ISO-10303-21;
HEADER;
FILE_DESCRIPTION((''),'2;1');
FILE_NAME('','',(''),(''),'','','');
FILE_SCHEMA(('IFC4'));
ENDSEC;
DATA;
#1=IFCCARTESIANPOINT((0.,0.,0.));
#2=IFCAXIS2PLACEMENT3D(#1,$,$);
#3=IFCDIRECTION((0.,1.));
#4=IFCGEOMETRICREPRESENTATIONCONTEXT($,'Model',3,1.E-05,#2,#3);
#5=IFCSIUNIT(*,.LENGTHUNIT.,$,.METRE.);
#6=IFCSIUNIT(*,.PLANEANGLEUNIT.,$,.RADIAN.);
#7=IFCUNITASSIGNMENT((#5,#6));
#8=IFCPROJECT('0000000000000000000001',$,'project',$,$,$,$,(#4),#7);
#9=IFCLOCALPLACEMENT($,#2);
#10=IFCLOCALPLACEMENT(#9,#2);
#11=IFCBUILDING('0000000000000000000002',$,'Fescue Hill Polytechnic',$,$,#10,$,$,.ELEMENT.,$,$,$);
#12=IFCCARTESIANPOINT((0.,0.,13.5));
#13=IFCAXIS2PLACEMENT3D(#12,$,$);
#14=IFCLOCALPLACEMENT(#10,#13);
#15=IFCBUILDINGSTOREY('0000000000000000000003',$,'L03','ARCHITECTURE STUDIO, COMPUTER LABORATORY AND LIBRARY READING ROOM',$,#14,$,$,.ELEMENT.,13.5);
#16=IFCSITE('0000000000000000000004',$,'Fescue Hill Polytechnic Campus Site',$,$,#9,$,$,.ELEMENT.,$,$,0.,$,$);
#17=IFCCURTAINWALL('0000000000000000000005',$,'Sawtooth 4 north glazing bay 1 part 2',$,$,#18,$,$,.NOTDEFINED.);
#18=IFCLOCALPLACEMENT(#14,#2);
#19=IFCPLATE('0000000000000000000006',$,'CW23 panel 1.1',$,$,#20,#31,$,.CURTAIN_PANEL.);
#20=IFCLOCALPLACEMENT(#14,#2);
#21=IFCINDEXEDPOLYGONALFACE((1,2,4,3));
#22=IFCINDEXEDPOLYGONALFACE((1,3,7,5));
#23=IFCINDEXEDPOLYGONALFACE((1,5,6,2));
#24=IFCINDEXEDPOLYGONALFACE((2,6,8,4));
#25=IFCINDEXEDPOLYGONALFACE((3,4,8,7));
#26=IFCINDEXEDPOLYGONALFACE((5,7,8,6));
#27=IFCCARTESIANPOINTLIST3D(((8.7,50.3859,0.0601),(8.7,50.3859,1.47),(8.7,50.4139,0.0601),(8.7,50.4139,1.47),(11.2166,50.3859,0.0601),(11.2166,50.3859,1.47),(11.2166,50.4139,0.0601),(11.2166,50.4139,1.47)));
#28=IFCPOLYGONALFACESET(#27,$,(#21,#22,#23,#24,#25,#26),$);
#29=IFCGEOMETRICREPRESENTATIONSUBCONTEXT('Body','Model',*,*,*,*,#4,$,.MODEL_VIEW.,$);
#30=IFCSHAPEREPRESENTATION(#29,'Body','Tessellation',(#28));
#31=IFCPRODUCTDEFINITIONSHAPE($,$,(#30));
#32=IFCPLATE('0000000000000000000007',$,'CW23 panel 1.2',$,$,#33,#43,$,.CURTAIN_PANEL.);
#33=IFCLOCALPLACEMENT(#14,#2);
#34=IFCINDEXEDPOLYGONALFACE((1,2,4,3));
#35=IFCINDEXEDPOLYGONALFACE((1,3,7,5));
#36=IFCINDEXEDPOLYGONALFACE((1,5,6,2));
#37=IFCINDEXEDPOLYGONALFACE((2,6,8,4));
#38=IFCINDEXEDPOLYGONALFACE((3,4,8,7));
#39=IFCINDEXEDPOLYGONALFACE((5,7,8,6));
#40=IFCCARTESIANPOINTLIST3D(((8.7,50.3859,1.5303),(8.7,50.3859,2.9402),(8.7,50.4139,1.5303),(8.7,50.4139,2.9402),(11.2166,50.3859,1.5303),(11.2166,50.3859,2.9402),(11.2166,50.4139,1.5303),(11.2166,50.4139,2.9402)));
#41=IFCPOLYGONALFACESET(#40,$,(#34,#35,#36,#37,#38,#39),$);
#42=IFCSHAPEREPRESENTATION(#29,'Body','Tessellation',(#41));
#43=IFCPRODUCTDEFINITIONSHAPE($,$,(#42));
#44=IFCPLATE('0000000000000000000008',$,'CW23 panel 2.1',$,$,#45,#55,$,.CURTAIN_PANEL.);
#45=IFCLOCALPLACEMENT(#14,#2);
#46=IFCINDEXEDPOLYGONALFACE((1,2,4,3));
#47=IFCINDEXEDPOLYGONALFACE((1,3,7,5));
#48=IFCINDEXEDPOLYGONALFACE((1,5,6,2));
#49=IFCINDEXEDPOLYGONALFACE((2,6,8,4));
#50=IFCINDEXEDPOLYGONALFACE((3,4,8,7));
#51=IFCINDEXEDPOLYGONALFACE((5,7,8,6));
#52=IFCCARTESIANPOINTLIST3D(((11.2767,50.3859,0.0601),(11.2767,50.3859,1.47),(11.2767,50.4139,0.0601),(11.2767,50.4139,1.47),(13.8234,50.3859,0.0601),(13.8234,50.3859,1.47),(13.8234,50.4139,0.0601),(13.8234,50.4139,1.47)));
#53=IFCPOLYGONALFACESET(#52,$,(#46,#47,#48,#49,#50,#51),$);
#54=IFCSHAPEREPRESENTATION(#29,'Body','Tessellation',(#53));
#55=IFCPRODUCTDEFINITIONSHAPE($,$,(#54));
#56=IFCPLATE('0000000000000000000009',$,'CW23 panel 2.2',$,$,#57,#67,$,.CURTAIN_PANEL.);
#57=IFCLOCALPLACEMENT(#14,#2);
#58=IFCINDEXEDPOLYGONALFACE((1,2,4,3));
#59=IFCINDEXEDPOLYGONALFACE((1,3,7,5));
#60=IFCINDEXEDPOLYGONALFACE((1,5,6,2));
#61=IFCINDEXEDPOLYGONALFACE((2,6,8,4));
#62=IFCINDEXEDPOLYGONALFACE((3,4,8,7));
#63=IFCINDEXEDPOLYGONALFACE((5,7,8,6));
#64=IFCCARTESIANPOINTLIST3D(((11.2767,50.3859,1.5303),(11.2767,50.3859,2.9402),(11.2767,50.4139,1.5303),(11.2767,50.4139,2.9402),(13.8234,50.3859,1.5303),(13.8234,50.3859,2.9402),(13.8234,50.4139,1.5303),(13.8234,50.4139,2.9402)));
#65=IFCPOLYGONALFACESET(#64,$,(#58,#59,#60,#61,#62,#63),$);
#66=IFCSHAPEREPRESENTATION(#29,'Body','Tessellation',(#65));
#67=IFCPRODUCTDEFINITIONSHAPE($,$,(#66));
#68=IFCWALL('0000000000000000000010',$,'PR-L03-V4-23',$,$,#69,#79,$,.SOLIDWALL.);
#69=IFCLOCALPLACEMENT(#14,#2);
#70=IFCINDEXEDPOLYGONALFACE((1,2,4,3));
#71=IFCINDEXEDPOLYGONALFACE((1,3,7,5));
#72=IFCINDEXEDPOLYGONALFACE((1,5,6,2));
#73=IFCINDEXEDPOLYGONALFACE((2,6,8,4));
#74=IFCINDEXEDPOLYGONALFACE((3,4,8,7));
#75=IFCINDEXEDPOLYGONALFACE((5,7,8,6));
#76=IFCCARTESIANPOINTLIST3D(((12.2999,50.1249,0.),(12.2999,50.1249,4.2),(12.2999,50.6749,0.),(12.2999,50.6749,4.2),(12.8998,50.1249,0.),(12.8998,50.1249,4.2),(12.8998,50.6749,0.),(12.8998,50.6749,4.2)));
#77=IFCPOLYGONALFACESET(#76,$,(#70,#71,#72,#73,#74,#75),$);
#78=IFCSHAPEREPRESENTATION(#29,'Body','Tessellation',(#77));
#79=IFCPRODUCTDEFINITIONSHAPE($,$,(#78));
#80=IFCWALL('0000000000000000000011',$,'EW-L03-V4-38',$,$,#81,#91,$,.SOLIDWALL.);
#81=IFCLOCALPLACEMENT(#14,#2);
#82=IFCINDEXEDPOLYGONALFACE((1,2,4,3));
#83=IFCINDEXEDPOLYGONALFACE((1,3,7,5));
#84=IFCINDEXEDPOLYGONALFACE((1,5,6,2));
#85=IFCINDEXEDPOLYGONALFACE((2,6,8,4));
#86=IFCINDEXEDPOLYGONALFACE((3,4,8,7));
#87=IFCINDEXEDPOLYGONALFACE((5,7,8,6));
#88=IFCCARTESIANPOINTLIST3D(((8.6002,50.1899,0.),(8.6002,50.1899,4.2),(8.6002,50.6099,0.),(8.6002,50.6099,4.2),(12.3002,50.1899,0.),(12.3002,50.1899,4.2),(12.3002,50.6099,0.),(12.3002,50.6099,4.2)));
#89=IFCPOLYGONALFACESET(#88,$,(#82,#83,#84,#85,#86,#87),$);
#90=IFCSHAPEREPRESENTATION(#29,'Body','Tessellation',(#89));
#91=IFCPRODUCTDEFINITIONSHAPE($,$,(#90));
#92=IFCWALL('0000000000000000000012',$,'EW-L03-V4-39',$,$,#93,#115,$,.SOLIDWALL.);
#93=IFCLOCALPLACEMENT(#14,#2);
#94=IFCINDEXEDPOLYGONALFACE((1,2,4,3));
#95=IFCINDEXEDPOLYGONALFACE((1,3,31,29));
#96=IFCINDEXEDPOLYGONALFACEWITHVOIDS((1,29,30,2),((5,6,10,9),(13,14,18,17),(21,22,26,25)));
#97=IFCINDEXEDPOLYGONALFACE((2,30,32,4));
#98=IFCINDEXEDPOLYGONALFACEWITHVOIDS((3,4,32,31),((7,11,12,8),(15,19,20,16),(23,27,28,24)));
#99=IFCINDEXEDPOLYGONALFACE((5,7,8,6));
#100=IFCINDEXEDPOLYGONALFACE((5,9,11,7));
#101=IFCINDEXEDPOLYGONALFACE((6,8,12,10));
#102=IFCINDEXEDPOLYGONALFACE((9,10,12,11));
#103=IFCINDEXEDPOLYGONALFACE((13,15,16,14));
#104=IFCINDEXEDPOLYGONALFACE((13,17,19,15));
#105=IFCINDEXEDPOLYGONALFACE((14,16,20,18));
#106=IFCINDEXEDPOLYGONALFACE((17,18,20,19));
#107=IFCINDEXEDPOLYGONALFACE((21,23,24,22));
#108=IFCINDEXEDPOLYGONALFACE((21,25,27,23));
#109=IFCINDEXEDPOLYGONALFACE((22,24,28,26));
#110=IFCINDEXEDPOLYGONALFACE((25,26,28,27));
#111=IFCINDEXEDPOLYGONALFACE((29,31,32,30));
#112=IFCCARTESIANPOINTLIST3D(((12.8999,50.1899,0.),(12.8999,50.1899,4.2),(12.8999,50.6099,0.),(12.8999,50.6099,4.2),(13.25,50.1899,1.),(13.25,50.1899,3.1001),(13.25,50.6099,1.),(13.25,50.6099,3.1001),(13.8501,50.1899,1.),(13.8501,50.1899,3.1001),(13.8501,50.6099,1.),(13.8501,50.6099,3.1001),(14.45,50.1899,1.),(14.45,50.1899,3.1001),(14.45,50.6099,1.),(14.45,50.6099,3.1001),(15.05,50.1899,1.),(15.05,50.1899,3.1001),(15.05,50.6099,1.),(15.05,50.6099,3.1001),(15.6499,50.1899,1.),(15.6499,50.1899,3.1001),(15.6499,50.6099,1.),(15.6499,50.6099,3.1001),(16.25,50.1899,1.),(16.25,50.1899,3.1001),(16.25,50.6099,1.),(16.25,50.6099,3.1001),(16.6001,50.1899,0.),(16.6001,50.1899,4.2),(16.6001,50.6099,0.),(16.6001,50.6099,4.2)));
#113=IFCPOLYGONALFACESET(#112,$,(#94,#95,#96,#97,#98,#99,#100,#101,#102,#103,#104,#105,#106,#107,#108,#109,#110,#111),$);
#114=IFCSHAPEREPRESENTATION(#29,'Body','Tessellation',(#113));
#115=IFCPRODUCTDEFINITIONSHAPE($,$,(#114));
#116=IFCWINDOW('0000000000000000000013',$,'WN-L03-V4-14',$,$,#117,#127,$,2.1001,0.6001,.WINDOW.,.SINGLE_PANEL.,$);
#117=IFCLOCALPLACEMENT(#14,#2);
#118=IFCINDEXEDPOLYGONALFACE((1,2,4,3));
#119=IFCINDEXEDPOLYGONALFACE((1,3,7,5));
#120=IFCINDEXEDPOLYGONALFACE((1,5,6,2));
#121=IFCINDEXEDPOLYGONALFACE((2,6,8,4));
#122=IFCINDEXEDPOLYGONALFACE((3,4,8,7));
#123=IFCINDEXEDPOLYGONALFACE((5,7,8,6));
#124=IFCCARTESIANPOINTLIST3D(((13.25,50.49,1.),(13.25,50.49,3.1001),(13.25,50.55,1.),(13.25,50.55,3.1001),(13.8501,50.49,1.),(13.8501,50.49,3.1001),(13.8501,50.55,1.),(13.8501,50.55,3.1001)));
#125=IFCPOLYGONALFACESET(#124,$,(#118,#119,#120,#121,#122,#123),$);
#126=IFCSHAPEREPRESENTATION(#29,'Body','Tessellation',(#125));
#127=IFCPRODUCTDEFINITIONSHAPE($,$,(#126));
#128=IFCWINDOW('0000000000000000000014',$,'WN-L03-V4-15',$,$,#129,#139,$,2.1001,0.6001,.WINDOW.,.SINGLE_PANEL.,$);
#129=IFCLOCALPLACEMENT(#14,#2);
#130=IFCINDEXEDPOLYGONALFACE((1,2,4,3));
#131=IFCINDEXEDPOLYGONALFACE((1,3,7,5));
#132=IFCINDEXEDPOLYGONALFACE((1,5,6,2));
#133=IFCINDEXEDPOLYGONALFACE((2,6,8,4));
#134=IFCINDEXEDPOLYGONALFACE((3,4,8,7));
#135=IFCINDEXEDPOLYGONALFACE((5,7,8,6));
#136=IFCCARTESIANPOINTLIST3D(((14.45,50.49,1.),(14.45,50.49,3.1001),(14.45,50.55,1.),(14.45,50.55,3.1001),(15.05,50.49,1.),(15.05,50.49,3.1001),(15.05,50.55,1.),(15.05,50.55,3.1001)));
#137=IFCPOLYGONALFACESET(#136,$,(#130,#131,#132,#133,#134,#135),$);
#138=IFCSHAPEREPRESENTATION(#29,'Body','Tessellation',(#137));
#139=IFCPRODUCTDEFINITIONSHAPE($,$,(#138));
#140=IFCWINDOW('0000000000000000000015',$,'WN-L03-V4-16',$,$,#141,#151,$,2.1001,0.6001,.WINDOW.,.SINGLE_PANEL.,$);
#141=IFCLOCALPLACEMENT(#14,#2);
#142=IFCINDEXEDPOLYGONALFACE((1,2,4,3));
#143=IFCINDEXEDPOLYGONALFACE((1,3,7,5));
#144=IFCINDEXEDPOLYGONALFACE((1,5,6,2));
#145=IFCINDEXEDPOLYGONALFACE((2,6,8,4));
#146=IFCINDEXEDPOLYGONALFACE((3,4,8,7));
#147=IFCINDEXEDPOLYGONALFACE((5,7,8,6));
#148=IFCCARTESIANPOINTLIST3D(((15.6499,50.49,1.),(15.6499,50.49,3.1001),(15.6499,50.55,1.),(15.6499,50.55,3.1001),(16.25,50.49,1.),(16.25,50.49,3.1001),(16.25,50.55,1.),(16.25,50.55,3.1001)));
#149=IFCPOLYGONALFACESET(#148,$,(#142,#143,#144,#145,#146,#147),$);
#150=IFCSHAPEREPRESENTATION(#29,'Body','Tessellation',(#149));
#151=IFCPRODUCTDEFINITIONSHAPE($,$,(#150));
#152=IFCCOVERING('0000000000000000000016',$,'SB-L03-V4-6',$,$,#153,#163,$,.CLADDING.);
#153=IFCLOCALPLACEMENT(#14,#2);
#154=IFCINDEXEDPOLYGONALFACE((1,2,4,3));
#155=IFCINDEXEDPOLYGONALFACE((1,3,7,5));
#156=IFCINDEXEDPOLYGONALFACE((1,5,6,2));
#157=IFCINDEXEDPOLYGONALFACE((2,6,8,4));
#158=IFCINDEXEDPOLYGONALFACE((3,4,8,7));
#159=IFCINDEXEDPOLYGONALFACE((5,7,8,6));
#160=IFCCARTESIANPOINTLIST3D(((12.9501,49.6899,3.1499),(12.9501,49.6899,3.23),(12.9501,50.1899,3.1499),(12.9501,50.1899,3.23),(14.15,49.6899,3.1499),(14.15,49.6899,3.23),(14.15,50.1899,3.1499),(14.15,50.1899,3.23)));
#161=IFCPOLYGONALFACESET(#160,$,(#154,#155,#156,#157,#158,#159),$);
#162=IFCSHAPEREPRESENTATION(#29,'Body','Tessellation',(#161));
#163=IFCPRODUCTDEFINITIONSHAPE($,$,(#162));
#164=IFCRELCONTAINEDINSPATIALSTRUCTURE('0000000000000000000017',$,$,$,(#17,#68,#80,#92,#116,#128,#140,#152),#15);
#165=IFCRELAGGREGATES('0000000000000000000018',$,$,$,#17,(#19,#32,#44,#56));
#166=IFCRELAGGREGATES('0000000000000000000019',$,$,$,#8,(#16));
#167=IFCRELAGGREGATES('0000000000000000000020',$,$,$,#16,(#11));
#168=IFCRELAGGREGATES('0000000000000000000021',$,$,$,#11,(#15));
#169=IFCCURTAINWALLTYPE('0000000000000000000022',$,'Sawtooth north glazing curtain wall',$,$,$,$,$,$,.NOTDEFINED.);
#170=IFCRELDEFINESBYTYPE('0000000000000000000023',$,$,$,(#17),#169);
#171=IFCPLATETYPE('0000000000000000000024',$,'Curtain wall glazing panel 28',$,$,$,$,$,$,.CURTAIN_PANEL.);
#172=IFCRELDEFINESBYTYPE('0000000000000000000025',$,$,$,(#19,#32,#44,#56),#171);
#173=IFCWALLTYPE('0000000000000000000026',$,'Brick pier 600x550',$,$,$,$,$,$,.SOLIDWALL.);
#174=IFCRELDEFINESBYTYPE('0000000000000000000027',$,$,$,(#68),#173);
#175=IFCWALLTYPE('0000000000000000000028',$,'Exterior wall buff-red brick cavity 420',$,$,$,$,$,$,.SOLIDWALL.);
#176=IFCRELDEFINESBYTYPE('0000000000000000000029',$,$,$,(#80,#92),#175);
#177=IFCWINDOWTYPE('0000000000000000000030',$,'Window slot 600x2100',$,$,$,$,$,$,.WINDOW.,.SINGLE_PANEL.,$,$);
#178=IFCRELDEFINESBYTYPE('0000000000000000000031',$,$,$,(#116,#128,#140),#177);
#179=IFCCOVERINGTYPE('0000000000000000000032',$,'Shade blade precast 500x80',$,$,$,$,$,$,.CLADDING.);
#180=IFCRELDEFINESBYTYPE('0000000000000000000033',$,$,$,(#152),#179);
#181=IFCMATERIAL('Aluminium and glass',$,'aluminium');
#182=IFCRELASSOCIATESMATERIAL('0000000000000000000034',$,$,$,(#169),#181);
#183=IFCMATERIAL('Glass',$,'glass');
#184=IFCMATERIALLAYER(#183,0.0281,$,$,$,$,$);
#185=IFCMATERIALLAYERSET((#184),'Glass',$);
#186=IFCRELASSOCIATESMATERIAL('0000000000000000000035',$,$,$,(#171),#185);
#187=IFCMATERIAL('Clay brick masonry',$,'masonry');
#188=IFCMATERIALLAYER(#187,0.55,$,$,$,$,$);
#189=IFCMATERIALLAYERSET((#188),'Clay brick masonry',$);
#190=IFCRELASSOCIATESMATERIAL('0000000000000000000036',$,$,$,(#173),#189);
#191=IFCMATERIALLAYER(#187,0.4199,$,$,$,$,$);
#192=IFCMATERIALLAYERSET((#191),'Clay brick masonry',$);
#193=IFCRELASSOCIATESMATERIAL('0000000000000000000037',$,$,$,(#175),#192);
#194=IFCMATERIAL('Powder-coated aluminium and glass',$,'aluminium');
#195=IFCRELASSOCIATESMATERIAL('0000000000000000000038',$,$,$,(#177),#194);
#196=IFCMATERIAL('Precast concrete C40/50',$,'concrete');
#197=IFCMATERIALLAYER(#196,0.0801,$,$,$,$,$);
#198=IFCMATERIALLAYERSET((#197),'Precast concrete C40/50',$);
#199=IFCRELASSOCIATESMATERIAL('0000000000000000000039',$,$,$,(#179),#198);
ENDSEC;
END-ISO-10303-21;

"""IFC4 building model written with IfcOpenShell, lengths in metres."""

from ifc_helpers import new_model, si_unit, direction, frame, frame_2d, origin, origin_2d, place, context, subcontext, project, spatial, rectangle, extrude, material, layer, layer_set, type_object, element, fill, aggregate, save


model = new_model("IFC4")

# Units and contexts
model_context = context("Model", 3, precision=1e-05, world=origin(), true_north=direction((0.0, 1.0)))
body_context = subcontext(model_context, "Body", "Model", "MODEL_VIEW")
ifc_project = project(units=[si_unit("LENGTHUNIT", "METRE"), si_unit("PLANEANGLEUNIT", "RADIAN")], contexts=[model_context])

# Site, building, storey
site_placement = place(None, origin())
site = spatial("IfcSite", under=ifc_project, at=site_placement, Name="Fescue Hill Polytechnic Campus Site", CompositionType="ELEMENT", RefElevation=0.0)
building_placement = place(site_placement, origin())
building = spatial("IfcBuilding", under=site, at=building_placement, Name="Fescue Hill Polytechnic", CompositionType="ELEMENT")
storey_placement = place(building_placement, frame((0.0, 0.0, 13.5)))
storey = spatial("IfcBuildingStorey", under=building, at=storey_placement, Name="L03", Description="ARCHITECTURE STUDIO, COMPUTER LABORATORY AND LIBRARY READING ROOM", CompositionType="ELEMENT", Elevation=13.5)

# Shared definitions
ifc_material_1 = material(Name="Aluminium and glass", Category="aluminium")
curtain_wall_type = type_object("IfcCurtainWallType", Name="Sawtooth north glazing curtain wall", PredefinedType="NOTDEFINED", material=ifc_material_1)

# Curtain wall
curtain_wall_1_placement = place(storey_placement, origin())
curtain_wall_1 = element("IfcCurtainWall", 1, at=curtain_wall_1_placement, inside=storey, type_object=curtain_wall_type, Name="Sawtooth 4 north glazing bay 1 part 2", PredefinedType="NOTDEFINED")

# Plates
ifc_material_2 = material(Name="Glass", Category="glass")
ifc_layer_1 = layer(ifc_material_2, 0.0281)
ifc_layer_set_1 = layer_set([ifc_layer_1], Name="Glass")
plate_type = type_object("IfcPlateType", Name="Curtain wall glazing panel 28", PredefinedType="CURTAIN_PANEL", material=ifc_layer_set_1)
plate_1_placement = place(storey_placement, frame((9.9583, 50.3999, 0.0601), z_axis=(0.0, 0.0, 1.0), x_axis=(1.0, 0.0, 0.0)))
plate_1 = element("IfcPlate", 2, at=plate_1_placement, type_object=plate_type, Name="CW23 panel 1.1", PredefinedType="CURTAIN_PANEL", context=body_context, shape_type="SweptSolid", body=[
    extrude(rectangle(XDim=2.5166, YDim=0.0281, at=origin_2d()), origin(), (0.0, 0.0, 1.0), 1.4099),
])
plate_2_placement = place(storey_placement, frame((9.9583, 50.3999, 1.5303), z_axis=(0.0, 0.0, 1.0), x_axis=(1.0, 0.0, 0.0)))
plate_2 = element("IfcPlate", 3, at=plate_2_placement, type_object=plate_type, Name="CW23 panel 1.2", PredefinedType="CURTAIN_PANEL", context=body_context, shape_type="SweptSolid", body=[
    extrude(rectangle(XDim=2.5166, YDim=0.0281, at=origin_2d()), origin(), (0.0, 0.0, 1.0), 1.4099),
])
plate_3_placement = place(storey_placement, frame((12.55, 50.3999, 0.0601), z_axis=(0.0, 0.0, 1.0), x_axis=(1.0, 0.0, 0.0)))
plate_3 = element("IfcPlate", 4, at=plate_3_placement, type_object=plate_type, Name="CW23 panel 2.1", PredefinedType="CURTAIN_PANEL", context=body_context, shape_type="SweptSolid", body=[
    extrude(rectangle(XDim=2.5466, YDim=0.0281, at=origin_2d()), origin(), (0.0, 0.0, 1.0), 1.4099),
])
plate_4_placement = place(storey_placement, frame((12.55, 50.3999, 1.5303), z_axis=(0.0, 0.0, 1.0), x_axis=(1.0, 0.0, 0.0)))
plate_4 = element("IfcPlate", 5, at=plate_4_placement, type_object=plate_type, Name="CW23 panel 2.2", PredefinedType="CURTAIN_PANEL", context=body_context, shape_type="SweptSolid", body=[
    extrude(rectangle(XDim=2.5466, YDim=0.0281, at=origin_2d()), origin(), (0.0, 0.0, 1.0), 1.4099),
])
aggregate(curtain_wall_1, [plate_1, plate_2, plate_3, plate_4])

# Walls
ifc_material_3 = material(Name="Clay brick masonry", Category="masonry")
ifc_layer_2 = layer(ifc_material_3, 0.55)
ifc_layer_set_2 = layer_set([ifc_layer_2], Name="Clay brick masonry")
wall_type_1 = type_object("IfcWallType", Name="Brick pier 600x550", PredefinedType="SOLIDWALL", material=ifc_layer_set_2)
wall_1_placement = place(storey_placement, frame((12.3, 50.3999, 0.0), z_axis=(0.0, 0.0, 1.0), x_axis=(1.0, 0.0, 0.0)))
element("IfcWall", 6, at=wall_1_placement, inside=storey, type_object=wall_type_1, Name="PR-L03-V4-23", PredefinedType="SOLIDWALL", context=body_context, shape_type="SweptSolid", body=[
    extrude(rectangle(XDim=0.5999, YDim=0.55, at=frame_2d((0.2998, 0.0))), origin(), (0.0, 0.0, 1.0), 4.2),
])
ifc_layer_3 = layer(ifc_material_3, 0.4199)
ifc_layer_set_3 = layer_set([ifc_layer_3], Name="Clay brick masonry")
wall_type_2 = type_object("IfcWallType", Name="Exterior wall buff-red brick cavity 420", PredefinedType="SOLIDWALL", material=ifc_layer_set_3)
wall_2_placement = place(storey_placement, frame((8.6001, 50.3999, 0.0), z_axis=(0.0, 0.0, 1.0), x_axis=(1.0, 0.0, 0.0)))
element("IfcWall", 7, at=wall_2_placement, inside=storey, type_object=wall_type_2, Name="EW-L03-V4-38", PredefinedType="SOLIDWALL", context=body_context, shape_type="SweptSolid", body=[
    extrude(rectangle(XDim=3.7, YDim=0.4199, at=frame_2d((1.8501, 0.0))), origin(), (0.0, 0.0, 1.0), 4.2),
])

# Wall, openings, windows
wall_3_placement = place(storey_placement, frame((12.8999, 50.3999, 0.0), z_axis=(0.0, 0.0, 1.0), x_axis=(1.0, 0.0, 0.0)))
wall_3 = element("IfcWall", 8, at=wall_3_placement, inside=storey, type_object=wall_type_2, Name="EW-L03-V4-39", PredefinedType="SOLIDWALL", context=body_context, shape_type="SweptSolid", body=[
    extrude(rectangle(XDim=3.7002, YDim=0.4199, at=frame_2d((1.8501, 0.0))), origin(), (0.0, 0.0, 1.0), 4.2),
])
opening_1_placement = place(wall_3_placement, frame((0.3501, 0.0, 1.0)))
opening_1 = element("IfcOpeningElement", 9, at=opening_1_placement, cuts=wall_3, PredefinedType="OPENING", context=body_context, shape_type="SweptSolid", body=[
    extrude(rectangle(XDim=0.6001, YDim=2.1001, at=frame_2d((0.3, 1.05))), frame((0.0, 0.22, 0.0), z_axis=(0.0, -1.0, 0.0), x_axis=(1.0, 0.0, 0.0)), (0.0, 0.0, 1.0), 0.4399),
])
opening_2_placement = place(wall_3_placement, frame((1.55, 0.0, 1.0)))
opening_2 = element("IfcOpeningElement", 10, at=opening_2_placement, cuts=wall_3, PredefinedType="OPENING", context=body_context, shape_type="SweptSolid", body=[
    extrude(rectangle(XDim=0.6001, YDim=2.1001, at=frame_2d((0.3, 1.05))), frame((0.0, 0.22, 0.0), z_axis=(0.0, -1.0, 0.0), x_axis=(1.0, 0.0, 0.0)), (0.0, 0.0, 1.0), 0.4399),
])
opening_3_placement = place(wall_3_placement, frame((2.75, 0.0, 1.0)))
opening_3 = element("IfcOpeningElement", 11, at=opening_3_placement, cuts=wall_3, PredefinedType="OPENING", context=body_context, shape_type="SweptSolid", body=[
    extrude(rectangle(XDim=0.6001, YDim=2.1001, at=frame_2d((0.3, 1.05))), frame((0.0, 0.22, 0.0), z_axis=(0.0, -1.0, 0.0), x_axis=(1.0, 0.0, 0.0)), (0.0, 0.0, 1.0), 0.4399),
])
ifc_material_4 = material(Name="Powder-coated aluminium and glass", Category="aluminium")
window_type = type_object("IfcWindowType", Name="Window slot 600x2100", PartitioningType="SINGLE_PANEL", PredefinedType="WINDOW", material=ifc_material_4)
window_1_placement = place(opening_1_placement, origin())
window_1 = element("IfcWindow", 12, at=window_1_placement, inside=storey, type_object=window_type, Name="WN-L03-V4-14", OverallHeight=2.1001, OverallWidth=0.6001, PartitioningType="SINGLE_PANEL", PredefinedType="WINDOW", context=body_context, shape_type="SweptSolid", body=[
    extrude(rectangle(XDim=0.6001, YDim=2.1001, at=frame_2d((0.3, 1.05))), frame((0.0, 0.1501, 0.0), z_axis=(0.0, -1.0, 0.0), x_axis=(1.0, 0.0, 0.0)), (0.0, 0.0, 1.0), 0.0601),
])
fill(opening_1, window_1)
window_2_placement = place(opening_2_placement, origin())
window_2 = element("IfcWindow", 13, at=window_2_placement, inside=storey, type_object=window_type, Name="WN-L03-V4-15", OverallHeight=2.1001, OverallWidth=0.6001, PartitioningType="SINGLE_PANEL", PredefinedType="WINDOW", context=body_context, shape_type="SweptSolid", body=[
    extrude(rectangle(XDim=0.6001, YDim=2.1001, at=frame_2d((0.3, 1.05))), frame((0.0, 0.1501, 0.0), z_axis=(0.0, -1.0, 0.0), x_axis=(1.0, 0.0, 0.0)), (0.0, 0.0, 1.0), 0.0601),
])
fill(opening_2, window_2)
window_3_placement = place(opening_3_placement, origin())
window_3 = element("IfcWindow", 14, at=window_3_placement, inside=storey, type_object=window_type, Name="WN-L03-V4-16", OverallHeight=2.1001, OverallWidth=0.6001, PartitioningType="SINGLE_PANEL", PredefinedType="WINDOW", context=body_context, shape_type="SweptSolid", body=[
    extrude(rectangle(XDim=0.6001, YDim=2.1001, at=frame_2d((0.3, 1.05))), frame((0.0, 0.1501, 0.0), z_axis=(0.0, -1.0, 0.0), x_axis=(1.0, 0.0, 0.0)), (0.0, 0.0, 1.0), 0.0601),
])
fill(opening_3, window_3)

# Covering
ifc_material_5 = material(Name="Precast concrete C40/50", Category="concrete")
ifc_layer_4 = layer(ifc_material_5, 0.0801)
ifc_layer_set_4 = layer_set([ifc_layer_4], Name="Precast concrete C40/50")
covering_type = type_object("IfcCoveringType", Name="Shade blade precast 500x80", PredefinedType="CLADDING", material=ifc_layer_set_4)
covering_placement = place(storey_placement, frame((13.55, 49.9399, 3.1499), z_axis=(0.0, 0.0, 1.0), x_axis=(1.0, 0.0, 0.0)))
element("IfcCovering", 15, at=covering_placement, inside=storey, type_object=covering_type, Name="SB-L03-V4-6", PredefinedType="CLADDING", context=body_context, shape_type="SweptSolid", body=[
    extrude(rectangle(XDim=1.2, YDim=0.5, at=origin_2d()), origin(), (0.0, 0.0, 1.0), 0.0801),
])

save(model, "model.ifc")
